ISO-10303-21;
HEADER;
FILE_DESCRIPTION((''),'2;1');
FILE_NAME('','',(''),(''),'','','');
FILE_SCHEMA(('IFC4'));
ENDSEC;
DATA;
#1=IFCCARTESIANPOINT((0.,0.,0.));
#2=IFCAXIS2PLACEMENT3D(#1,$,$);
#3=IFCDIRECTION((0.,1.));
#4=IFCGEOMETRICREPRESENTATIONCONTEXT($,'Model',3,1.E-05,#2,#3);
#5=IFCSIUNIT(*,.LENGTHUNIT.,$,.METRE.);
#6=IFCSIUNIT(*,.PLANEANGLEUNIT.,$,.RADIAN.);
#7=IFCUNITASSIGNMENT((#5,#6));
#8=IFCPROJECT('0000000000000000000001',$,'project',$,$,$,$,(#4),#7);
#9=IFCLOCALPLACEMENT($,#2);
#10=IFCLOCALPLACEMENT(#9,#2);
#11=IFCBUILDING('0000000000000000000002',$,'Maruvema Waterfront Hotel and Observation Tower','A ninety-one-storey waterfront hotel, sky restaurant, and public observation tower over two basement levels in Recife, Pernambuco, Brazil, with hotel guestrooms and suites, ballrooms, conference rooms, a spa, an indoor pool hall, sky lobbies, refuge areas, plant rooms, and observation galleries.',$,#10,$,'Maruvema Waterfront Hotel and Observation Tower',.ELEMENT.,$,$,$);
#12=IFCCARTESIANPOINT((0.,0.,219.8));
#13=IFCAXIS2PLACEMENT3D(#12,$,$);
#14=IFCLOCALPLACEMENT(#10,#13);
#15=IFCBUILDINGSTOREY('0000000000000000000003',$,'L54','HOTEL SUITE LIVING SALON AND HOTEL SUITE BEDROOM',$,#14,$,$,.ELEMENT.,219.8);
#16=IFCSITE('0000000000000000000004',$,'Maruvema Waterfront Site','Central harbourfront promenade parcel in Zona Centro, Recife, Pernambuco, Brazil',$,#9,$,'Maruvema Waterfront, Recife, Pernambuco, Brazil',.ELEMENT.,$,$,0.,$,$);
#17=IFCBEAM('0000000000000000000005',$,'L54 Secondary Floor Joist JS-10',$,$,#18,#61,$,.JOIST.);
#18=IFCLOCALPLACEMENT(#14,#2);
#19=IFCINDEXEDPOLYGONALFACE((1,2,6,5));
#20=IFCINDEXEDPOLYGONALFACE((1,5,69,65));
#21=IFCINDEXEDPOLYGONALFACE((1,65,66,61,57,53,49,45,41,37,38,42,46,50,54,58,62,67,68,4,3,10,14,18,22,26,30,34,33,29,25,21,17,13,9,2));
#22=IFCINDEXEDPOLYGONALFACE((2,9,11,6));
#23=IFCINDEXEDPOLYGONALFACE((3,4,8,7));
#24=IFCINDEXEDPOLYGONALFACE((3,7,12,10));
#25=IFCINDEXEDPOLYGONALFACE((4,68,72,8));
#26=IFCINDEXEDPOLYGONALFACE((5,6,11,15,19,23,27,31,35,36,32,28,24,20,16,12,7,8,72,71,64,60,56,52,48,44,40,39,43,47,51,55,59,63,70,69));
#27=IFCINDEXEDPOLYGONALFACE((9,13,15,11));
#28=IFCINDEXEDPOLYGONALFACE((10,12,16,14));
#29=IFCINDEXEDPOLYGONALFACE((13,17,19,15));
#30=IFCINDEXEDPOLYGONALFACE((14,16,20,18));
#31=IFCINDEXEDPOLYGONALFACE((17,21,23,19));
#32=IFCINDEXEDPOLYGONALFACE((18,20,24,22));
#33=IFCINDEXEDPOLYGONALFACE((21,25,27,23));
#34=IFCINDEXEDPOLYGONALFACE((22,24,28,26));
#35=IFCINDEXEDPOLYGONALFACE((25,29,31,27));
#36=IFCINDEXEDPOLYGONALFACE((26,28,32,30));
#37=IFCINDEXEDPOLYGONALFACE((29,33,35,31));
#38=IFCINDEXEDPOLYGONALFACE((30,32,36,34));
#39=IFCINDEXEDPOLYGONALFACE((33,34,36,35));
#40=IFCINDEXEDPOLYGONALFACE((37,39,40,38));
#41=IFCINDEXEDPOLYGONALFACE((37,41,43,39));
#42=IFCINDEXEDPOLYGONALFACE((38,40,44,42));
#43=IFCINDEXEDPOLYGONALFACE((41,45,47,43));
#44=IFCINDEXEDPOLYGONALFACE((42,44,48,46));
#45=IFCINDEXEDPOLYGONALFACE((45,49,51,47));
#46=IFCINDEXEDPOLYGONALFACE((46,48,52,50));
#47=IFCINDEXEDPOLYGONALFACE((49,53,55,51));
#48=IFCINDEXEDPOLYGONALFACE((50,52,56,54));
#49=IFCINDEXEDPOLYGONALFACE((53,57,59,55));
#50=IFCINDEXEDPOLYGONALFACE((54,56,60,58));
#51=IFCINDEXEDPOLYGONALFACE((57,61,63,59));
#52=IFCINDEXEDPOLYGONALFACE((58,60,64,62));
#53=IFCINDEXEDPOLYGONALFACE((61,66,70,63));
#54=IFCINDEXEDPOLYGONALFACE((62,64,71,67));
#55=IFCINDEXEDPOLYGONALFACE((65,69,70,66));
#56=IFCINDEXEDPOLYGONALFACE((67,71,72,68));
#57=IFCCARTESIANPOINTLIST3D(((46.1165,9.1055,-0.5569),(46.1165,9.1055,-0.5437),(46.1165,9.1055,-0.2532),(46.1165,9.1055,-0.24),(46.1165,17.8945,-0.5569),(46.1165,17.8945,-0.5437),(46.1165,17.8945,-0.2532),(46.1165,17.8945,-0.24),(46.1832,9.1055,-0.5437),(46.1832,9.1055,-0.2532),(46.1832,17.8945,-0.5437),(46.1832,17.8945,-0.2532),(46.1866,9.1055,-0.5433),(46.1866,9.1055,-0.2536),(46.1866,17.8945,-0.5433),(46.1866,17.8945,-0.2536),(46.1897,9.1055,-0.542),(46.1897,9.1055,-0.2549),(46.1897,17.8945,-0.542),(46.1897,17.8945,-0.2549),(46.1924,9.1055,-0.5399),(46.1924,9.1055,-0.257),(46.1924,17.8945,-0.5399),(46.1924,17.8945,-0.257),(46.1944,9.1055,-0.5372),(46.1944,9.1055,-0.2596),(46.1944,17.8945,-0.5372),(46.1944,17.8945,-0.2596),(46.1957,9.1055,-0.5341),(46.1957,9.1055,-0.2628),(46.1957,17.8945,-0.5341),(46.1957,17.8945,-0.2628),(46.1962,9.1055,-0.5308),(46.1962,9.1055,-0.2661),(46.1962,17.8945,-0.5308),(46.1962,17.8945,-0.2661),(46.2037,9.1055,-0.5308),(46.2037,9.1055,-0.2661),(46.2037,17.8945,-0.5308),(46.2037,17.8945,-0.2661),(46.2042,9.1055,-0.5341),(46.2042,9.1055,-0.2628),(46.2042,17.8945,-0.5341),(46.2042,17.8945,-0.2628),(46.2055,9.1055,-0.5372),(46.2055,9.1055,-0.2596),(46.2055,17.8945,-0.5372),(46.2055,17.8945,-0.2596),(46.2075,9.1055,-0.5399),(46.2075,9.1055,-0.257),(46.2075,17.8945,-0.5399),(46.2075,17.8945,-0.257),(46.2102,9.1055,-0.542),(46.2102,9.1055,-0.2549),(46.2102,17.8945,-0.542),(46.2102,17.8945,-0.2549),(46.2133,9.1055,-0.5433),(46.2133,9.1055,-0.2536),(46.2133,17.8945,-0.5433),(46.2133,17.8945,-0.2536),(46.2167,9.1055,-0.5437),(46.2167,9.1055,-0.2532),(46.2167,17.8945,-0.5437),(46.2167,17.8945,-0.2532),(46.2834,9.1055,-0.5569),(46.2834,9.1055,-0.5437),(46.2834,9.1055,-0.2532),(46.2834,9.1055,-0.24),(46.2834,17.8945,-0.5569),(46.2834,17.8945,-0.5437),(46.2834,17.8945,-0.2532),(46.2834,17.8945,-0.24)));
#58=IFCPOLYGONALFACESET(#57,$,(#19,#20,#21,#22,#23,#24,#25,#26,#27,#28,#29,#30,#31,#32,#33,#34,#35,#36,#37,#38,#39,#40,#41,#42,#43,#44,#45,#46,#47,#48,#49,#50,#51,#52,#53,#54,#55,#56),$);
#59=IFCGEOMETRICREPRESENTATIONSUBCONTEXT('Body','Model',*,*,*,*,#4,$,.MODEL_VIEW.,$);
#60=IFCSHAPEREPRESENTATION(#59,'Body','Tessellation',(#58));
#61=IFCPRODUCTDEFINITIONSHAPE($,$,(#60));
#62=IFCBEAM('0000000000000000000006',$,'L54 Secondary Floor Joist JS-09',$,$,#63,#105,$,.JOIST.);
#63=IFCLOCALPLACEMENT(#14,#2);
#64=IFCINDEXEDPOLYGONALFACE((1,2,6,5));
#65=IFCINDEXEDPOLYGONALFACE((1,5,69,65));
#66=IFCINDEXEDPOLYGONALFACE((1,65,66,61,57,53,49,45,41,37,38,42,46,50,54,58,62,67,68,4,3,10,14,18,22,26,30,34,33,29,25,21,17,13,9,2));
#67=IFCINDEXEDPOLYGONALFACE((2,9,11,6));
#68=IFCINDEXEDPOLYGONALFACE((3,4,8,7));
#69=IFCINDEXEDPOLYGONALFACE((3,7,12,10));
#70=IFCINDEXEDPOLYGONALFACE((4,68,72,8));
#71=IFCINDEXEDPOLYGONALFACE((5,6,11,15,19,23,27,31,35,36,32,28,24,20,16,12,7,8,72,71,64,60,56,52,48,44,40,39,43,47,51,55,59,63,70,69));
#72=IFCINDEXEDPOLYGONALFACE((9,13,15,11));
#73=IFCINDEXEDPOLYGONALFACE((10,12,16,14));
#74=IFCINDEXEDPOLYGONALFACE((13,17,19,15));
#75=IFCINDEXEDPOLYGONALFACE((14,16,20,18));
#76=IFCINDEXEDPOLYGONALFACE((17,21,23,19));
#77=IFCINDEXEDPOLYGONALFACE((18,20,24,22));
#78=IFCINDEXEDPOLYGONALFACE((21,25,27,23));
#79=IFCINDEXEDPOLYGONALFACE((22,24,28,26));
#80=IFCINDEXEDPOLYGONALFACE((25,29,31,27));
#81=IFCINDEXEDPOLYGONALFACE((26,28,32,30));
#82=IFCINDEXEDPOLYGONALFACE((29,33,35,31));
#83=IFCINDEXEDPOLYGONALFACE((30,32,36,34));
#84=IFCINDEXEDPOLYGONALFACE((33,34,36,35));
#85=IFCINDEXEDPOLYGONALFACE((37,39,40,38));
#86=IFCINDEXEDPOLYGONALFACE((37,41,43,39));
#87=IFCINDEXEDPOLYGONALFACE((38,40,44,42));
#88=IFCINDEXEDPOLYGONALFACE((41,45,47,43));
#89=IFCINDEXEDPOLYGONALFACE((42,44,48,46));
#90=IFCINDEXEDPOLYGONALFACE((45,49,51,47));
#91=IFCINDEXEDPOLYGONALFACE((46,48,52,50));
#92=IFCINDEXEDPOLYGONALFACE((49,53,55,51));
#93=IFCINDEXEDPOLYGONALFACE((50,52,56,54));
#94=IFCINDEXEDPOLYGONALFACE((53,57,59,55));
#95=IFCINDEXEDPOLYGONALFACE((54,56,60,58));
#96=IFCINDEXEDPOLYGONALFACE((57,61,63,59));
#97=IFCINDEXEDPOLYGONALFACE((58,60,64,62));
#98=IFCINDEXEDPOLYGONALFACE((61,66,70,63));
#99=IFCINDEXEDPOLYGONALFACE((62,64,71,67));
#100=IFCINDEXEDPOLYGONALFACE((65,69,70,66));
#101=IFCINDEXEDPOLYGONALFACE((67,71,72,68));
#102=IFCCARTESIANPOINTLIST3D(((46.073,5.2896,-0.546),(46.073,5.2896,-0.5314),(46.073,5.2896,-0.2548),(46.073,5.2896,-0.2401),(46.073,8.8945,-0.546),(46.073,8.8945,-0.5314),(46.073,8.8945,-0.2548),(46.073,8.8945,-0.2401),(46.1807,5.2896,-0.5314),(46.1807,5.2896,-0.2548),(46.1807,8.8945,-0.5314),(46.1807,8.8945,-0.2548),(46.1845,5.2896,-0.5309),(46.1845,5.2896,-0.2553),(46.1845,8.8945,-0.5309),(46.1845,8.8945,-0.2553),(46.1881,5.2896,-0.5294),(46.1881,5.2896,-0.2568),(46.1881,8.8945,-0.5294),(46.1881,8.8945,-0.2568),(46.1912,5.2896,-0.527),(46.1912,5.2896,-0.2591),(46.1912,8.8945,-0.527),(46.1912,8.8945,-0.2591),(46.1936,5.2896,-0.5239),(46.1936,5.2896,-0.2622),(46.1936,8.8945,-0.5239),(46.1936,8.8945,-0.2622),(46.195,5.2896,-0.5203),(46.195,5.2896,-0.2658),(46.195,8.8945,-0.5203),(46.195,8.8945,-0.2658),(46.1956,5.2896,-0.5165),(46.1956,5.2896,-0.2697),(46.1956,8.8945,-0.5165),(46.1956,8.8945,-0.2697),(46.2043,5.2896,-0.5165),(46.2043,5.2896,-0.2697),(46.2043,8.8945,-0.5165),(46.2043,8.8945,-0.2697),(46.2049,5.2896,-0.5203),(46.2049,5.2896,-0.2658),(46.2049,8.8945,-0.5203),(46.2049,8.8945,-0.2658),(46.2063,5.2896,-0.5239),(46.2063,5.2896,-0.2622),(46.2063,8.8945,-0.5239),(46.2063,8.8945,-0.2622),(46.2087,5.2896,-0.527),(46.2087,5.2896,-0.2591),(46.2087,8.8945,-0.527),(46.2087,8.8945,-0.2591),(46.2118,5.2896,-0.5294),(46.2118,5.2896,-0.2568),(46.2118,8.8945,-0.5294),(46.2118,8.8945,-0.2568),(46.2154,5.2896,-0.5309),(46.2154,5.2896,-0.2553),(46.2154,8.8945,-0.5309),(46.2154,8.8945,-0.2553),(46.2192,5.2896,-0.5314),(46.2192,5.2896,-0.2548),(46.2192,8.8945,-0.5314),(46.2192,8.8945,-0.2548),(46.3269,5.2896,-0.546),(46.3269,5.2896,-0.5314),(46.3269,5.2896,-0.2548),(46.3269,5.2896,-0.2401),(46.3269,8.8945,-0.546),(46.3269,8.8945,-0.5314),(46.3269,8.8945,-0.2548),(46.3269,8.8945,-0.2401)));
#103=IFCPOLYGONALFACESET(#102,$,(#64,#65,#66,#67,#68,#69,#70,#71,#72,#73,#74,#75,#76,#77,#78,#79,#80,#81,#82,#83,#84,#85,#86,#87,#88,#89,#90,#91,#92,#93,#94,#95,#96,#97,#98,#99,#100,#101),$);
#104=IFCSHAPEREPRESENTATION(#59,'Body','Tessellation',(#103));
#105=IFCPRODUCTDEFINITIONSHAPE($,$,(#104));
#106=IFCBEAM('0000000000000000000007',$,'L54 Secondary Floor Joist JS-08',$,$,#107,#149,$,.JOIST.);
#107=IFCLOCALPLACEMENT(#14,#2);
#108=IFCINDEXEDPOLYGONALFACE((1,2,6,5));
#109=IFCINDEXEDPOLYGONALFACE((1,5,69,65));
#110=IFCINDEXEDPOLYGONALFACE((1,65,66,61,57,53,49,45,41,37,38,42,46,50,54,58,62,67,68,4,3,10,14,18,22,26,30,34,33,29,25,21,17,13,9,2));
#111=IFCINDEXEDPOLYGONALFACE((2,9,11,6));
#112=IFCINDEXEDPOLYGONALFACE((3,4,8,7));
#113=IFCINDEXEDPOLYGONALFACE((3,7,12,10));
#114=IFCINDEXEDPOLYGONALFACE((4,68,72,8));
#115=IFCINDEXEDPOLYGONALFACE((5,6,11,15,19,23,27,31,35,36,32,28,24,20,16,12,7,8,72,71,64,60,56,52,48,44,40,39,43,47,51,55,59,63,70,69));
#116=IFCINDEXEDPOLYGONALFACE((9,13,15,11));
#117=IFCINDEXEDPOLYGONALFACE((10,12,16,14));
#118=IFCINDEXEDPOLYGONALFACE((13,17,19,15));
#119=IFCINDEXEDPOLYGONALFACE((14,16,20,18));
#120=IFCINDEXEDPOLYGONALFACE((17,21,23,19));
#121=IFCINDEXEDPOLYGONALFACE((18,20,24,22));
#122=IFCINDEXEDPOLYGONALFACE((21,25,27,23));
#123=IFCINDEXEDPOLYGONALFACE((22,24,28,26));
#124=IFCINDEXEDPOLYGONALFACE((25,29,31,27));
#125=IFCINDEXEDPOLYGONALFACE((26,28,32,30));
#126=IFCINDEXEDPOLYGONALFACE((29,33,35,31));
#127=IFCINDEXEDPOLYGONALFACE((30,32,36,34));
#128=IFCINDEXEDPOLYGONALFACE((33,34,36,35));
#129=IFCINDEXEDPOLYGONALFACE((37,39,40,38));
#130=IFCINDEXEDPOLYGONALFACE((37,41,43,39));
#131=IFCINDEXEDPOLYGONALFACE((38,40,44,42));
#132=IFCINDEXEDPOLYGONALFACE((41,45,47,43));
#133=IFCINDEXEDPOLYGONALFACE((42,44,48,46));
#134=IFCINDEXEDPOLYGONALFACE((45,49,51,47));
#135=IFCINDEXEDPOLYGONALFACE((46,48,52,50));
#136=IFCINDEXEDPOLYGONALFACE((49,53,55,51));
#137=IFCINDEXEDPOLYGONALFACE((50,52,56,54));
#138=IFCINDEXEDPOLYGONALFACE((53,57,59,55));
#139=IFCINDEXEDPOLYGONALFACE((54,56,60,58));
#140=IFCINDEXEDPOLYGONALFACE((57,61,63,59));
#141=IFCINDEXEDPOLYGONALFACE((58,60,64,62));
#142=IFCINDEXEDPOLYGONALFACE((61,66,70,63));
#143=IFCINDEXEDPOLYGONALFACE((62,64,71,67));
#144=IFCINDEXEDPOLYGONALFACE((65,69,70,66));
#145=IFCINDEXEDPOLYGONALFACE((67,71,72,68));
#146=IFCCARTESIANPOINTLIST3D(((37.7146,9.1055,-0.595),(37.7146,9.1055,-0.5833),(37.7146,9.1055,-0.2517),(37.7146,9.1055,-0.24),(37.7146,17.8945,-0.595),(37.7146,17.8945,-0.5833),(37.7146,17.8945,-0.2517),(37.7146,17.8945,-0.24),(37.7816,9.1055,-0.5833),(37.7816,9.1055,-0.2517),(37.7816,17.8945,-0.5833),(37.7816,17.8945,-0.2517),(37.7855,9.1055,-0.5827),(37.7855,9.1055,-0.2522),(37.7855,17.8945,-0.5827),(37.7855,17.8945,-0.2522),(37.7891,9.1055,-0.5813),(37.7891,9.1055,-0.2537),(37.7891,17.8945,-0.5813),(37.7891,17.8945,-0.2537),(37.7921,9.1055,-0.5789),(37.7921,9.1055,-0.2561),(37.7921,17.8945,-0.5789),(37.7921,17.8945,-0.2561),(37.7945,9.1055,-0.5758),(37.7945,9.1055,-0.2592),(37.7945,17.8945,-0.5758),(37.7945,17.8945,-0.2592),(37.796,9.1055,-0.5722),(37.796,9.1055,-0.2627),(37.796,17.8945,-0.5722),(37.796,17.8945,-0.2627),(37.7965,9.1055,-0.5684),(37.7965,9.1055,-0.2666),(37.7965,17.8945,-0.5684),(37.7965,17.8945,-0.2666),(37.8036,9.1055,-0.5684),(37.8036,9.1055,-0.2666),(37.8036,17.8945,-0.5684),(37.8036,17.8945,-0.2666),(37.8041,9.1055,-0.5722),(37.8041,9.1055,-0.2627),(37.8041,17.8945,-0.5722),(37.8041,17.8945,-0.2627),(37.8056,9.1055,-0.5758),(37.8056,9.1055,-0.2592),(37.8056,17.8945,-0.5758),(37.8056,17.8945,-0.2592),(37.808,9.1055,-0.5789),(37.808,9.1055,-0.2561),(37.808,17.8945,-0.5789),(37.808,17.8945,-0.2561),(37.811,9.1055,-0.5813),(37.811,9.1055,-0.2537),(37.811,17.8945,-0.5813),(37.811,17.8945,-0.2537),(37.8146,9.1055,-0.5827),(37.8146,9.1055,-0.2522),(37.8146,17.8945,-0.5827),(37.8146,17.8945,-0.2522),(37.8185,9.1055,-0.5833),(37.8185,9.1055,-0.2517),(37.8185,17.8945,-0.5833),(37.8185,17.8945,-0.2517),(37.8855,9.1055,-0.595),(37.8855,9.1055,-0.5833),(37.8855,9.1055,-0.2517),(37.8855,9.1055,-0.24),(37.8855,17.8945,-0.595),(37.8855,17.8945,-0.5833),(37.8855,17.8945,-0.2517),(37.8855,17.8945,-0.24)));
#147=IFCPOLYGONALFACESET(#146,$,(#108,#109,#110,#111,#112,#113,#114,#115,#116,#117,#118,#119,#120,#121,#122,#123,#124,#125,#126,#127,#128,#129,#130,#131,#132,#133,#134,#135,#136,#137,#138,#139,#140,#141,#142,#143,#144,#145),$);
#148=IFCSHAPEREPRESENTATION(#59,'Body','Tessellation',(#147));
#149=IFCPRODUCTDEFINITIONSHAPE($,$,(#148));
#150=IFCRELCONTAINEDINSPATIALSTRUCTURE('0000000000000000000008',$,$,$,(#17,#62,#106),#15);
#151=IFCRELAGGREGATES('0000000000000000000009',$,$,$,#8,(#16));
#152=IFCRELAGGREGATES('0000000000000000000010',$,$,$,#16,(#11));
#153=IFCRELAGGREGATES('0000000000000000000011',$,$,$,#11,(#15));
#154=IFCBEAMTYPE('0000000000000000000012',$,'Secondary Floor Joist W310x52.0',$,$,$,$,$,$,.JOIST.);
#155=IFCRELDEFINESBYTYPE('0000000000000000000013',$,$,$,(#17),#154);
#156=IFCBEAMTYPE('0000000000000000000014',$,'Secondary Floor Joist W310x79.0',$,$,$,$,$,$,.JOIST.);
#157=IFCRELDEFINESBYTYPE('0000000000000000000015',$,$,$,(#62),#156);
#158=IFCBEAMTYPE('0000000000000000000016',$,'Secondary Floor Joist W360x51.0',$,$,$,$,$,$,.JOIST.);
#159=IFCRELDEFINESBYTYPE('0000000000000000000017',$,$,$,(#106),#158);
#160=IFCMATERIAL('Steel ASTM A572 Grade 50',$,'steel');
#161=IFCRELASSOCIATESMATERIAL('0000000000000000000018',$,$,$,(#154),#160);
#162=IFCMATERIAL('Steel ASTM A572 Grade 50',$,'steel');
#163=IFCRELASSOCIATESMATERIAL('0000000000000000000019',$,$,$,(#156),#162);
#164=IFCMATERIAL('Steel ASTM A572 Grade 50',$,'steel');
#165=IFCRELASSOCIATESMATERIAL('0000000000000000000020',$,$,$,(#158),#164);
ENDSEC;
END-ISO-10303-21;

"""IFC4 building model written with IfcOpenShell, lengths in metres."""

from ifc_helpers import new_model, si_unit, direction, frame, origin, origin_2d, place, context, subcontext, project, spatial, i_section, extrude, material, material_profile, profile_set, type_object, element, save


model = new_model("IFC4")

# Units and contexts
model_context = context("Model", 3, precision=1e-05, world=origin(), true_north=direction((0.0, 1.0)))
body_context = subcontext(model_context, "Body", "Model", "MODEL_VIEW")
ifc_project = project(units=[si_unit("LENGTHUNIT", "METRE"), si_unit("PLANEANGLEUNIT", "RADIAN")], contexts=[model_context])

# Site, building, storey
site_placement = place(None, origin())
site = spatial("IfcSite", under=ifc_project, at=site_placement, Name="Maruvema Waterfront Site", Description="Central harbourfront promenade parcel in Zona Centro, Recife, Pernambuco, Brazil", LongName="Maruvema Waterfront, Recife, Pernambuco, Brazil", CompositionType="ELEMENT", RefElevation=0.0)
building_placement = place(site_placement, origin())
building = spatial("IfcBuilding", under=site, at=building_placement, Name="Maruvema Waterfront Hotel and Observation Tower", Description="A ninety-one-storey waterfront hotel, sky restaurant, and public observation tower over two basement levels in Recife, Pernambuco, Brazil, with hotel guestrooms and suites, ballrooms, conference rooms, a spa, an indoor pool hall, sky lobbies, refuge areas, plant rooms, and observation galleries.", LongName="Maruvema Waterfront Hotel and Observation Tower", CompositionType="ELEMENT")
storey_placement = place(building_placement, frame((0.0, 0.0, 219.8)))
storey = spatial("IfcBuildingStorey", under=building, at=storey_placement, Name="L54", Description="HOTEL SUITE LIVING SALON AND HOTEL SUITE BEDROOM", CompositionType="ELEMENT", Elevation=219.8)

# Beams
ifc_material_1 = material(Name="Steel ASTM A572 Grade 50", Category="steel")
ifc_material_profile_1 = material_profile(ifc_material_1, i_section(OverallWidth=0.167, OverallDepth=0.3169, WebThickness=0.0076, FlangeThickness=0.0132, FilletRadius=0.0129, at=origin_2d()), Name="W310x52.0")
ifc_profile_set_1 = profile_set([ifc_material_profile_1], Name="Steel ASTM A572 Grade 50")
beam_type_1 = type_object("IfcBeamType", Name="Secondary Floor Joist W310x52.0", PredefinedType="JOIST", material=ifc_profile_set_1)
beam_1_placement = place(storey_placement, frame((46.2, 9.1055, -0.3984), z_axis=(0.0, 1.0, 0.0), x_axis=(-1.0, 0.0, 0.0)))
element("IfcBeam", 1, at=beam_1_placement, inside=storey, type_object=beam_type_1, Name="L54 Secondary Floor Joist JS-10", PredefinedType="JOIST", context=body_context, shape_type="SweptSolid", body=[
    extrude(i_section(OverallWidth=0.167, OverallDepth=0.3169, WebThickness=0.0076, FlangeThickness=0.0132, FilletRadius=0.0129, at=origin_2d()), origin(), (0.0, 0.0, 1.0), 8.7891),
])
ifc_material_2 = material(Name="Steel ASTM A572 Grade 50", Category="steel")
ifc_material_profile_2 = material_profile(ifc_material_2, i_section(OverallWidth=0.2539, OverallDepth=0.3059, WebThickness=0.0088, FlangeThickness=0.0146, FilletRadius=0.0149, at=origin_2d()), Name="W310x79.0")
ifc_profile_set_2 = profile_set([ifc_material_profile_2], Name="Steel ASTM A572 Grade 50")
beam_type_2 = type_object("IfcBeamType", Name="Secondary Floor Joist W310x79.0", PredefinedType="JOIST", material=ifc_profile_set_2)
beam_2_placement = place(storey_placement, frame((46.2, 5.2896, -0.3931), z_axis=(0.0, 1.0, 0.0), x_axis=(-1.0, 0.0, 0.0)))
element("IfcBeam", 2, at=beam_2_placement, inside=storey, type_object=beam_type_2, Name="L54 Secondary Floor Joist JS-09", PredefinedType="JOIST", context=body_context, shape_type="SweptSolid", body=[
    extrude(i_section(OverallWidth=0.2539, OverallDepth=0.3059, WebThickness=0.0088, FlangeThickness=0.0146, FilletRadius=0.0149, at=origin_2d()), origin(), (0.0, 0.0, 1.0), 3.605),
])
ifc_material_3 = material(Name="Steel ASTM A572 Grade 50", Category="steel")
ifc_material_profile_3 = material_profile(ifc_material_3, i_section(OverallWidth=0.1709, OverallDepth=0.355, WebThickness=0.0071, FlangeThickness=0.0117, FilletRadius=0.0149, at=origin_2d()), Name="W360x51.0")
ifc_profile_set_3 = profile_set([ifc_material_profile_3], Name="Steel ASTM A572 Grade 50")
beam_type_3 = type_object("IfcBeamType", Name="Secondary Floor Joist W360x51.0", PredefinedType="JOIST", material=ifc_profile_set_3)
beam_3_placement = place(storey_placement, frame((37.8, 9.1055, -0.4175), z_axis=(0.0, 1.0, 0.0), x_axis=(-1.0, 0.0, 0.0)))
element("IfcBeam", 3, at=beam_3_placement, inside=storey, type_object=beam_type_3, Name="L54 Secondary Floor Joist JS-08", PredefinedType="JOIST", context=body_context, shape_type="SweptSolid", body=[
    extrude(i_section(OverallWidth=0.1709, OverallDepth=0.355, WebThickness=0.0071, FlangeThickness=0.0117, FilletRadius=0.0149, at=origin_2d()), origin(), (0.0, 0.0, 1.0), 8.7891),
])

save(model, "model.ifc")
